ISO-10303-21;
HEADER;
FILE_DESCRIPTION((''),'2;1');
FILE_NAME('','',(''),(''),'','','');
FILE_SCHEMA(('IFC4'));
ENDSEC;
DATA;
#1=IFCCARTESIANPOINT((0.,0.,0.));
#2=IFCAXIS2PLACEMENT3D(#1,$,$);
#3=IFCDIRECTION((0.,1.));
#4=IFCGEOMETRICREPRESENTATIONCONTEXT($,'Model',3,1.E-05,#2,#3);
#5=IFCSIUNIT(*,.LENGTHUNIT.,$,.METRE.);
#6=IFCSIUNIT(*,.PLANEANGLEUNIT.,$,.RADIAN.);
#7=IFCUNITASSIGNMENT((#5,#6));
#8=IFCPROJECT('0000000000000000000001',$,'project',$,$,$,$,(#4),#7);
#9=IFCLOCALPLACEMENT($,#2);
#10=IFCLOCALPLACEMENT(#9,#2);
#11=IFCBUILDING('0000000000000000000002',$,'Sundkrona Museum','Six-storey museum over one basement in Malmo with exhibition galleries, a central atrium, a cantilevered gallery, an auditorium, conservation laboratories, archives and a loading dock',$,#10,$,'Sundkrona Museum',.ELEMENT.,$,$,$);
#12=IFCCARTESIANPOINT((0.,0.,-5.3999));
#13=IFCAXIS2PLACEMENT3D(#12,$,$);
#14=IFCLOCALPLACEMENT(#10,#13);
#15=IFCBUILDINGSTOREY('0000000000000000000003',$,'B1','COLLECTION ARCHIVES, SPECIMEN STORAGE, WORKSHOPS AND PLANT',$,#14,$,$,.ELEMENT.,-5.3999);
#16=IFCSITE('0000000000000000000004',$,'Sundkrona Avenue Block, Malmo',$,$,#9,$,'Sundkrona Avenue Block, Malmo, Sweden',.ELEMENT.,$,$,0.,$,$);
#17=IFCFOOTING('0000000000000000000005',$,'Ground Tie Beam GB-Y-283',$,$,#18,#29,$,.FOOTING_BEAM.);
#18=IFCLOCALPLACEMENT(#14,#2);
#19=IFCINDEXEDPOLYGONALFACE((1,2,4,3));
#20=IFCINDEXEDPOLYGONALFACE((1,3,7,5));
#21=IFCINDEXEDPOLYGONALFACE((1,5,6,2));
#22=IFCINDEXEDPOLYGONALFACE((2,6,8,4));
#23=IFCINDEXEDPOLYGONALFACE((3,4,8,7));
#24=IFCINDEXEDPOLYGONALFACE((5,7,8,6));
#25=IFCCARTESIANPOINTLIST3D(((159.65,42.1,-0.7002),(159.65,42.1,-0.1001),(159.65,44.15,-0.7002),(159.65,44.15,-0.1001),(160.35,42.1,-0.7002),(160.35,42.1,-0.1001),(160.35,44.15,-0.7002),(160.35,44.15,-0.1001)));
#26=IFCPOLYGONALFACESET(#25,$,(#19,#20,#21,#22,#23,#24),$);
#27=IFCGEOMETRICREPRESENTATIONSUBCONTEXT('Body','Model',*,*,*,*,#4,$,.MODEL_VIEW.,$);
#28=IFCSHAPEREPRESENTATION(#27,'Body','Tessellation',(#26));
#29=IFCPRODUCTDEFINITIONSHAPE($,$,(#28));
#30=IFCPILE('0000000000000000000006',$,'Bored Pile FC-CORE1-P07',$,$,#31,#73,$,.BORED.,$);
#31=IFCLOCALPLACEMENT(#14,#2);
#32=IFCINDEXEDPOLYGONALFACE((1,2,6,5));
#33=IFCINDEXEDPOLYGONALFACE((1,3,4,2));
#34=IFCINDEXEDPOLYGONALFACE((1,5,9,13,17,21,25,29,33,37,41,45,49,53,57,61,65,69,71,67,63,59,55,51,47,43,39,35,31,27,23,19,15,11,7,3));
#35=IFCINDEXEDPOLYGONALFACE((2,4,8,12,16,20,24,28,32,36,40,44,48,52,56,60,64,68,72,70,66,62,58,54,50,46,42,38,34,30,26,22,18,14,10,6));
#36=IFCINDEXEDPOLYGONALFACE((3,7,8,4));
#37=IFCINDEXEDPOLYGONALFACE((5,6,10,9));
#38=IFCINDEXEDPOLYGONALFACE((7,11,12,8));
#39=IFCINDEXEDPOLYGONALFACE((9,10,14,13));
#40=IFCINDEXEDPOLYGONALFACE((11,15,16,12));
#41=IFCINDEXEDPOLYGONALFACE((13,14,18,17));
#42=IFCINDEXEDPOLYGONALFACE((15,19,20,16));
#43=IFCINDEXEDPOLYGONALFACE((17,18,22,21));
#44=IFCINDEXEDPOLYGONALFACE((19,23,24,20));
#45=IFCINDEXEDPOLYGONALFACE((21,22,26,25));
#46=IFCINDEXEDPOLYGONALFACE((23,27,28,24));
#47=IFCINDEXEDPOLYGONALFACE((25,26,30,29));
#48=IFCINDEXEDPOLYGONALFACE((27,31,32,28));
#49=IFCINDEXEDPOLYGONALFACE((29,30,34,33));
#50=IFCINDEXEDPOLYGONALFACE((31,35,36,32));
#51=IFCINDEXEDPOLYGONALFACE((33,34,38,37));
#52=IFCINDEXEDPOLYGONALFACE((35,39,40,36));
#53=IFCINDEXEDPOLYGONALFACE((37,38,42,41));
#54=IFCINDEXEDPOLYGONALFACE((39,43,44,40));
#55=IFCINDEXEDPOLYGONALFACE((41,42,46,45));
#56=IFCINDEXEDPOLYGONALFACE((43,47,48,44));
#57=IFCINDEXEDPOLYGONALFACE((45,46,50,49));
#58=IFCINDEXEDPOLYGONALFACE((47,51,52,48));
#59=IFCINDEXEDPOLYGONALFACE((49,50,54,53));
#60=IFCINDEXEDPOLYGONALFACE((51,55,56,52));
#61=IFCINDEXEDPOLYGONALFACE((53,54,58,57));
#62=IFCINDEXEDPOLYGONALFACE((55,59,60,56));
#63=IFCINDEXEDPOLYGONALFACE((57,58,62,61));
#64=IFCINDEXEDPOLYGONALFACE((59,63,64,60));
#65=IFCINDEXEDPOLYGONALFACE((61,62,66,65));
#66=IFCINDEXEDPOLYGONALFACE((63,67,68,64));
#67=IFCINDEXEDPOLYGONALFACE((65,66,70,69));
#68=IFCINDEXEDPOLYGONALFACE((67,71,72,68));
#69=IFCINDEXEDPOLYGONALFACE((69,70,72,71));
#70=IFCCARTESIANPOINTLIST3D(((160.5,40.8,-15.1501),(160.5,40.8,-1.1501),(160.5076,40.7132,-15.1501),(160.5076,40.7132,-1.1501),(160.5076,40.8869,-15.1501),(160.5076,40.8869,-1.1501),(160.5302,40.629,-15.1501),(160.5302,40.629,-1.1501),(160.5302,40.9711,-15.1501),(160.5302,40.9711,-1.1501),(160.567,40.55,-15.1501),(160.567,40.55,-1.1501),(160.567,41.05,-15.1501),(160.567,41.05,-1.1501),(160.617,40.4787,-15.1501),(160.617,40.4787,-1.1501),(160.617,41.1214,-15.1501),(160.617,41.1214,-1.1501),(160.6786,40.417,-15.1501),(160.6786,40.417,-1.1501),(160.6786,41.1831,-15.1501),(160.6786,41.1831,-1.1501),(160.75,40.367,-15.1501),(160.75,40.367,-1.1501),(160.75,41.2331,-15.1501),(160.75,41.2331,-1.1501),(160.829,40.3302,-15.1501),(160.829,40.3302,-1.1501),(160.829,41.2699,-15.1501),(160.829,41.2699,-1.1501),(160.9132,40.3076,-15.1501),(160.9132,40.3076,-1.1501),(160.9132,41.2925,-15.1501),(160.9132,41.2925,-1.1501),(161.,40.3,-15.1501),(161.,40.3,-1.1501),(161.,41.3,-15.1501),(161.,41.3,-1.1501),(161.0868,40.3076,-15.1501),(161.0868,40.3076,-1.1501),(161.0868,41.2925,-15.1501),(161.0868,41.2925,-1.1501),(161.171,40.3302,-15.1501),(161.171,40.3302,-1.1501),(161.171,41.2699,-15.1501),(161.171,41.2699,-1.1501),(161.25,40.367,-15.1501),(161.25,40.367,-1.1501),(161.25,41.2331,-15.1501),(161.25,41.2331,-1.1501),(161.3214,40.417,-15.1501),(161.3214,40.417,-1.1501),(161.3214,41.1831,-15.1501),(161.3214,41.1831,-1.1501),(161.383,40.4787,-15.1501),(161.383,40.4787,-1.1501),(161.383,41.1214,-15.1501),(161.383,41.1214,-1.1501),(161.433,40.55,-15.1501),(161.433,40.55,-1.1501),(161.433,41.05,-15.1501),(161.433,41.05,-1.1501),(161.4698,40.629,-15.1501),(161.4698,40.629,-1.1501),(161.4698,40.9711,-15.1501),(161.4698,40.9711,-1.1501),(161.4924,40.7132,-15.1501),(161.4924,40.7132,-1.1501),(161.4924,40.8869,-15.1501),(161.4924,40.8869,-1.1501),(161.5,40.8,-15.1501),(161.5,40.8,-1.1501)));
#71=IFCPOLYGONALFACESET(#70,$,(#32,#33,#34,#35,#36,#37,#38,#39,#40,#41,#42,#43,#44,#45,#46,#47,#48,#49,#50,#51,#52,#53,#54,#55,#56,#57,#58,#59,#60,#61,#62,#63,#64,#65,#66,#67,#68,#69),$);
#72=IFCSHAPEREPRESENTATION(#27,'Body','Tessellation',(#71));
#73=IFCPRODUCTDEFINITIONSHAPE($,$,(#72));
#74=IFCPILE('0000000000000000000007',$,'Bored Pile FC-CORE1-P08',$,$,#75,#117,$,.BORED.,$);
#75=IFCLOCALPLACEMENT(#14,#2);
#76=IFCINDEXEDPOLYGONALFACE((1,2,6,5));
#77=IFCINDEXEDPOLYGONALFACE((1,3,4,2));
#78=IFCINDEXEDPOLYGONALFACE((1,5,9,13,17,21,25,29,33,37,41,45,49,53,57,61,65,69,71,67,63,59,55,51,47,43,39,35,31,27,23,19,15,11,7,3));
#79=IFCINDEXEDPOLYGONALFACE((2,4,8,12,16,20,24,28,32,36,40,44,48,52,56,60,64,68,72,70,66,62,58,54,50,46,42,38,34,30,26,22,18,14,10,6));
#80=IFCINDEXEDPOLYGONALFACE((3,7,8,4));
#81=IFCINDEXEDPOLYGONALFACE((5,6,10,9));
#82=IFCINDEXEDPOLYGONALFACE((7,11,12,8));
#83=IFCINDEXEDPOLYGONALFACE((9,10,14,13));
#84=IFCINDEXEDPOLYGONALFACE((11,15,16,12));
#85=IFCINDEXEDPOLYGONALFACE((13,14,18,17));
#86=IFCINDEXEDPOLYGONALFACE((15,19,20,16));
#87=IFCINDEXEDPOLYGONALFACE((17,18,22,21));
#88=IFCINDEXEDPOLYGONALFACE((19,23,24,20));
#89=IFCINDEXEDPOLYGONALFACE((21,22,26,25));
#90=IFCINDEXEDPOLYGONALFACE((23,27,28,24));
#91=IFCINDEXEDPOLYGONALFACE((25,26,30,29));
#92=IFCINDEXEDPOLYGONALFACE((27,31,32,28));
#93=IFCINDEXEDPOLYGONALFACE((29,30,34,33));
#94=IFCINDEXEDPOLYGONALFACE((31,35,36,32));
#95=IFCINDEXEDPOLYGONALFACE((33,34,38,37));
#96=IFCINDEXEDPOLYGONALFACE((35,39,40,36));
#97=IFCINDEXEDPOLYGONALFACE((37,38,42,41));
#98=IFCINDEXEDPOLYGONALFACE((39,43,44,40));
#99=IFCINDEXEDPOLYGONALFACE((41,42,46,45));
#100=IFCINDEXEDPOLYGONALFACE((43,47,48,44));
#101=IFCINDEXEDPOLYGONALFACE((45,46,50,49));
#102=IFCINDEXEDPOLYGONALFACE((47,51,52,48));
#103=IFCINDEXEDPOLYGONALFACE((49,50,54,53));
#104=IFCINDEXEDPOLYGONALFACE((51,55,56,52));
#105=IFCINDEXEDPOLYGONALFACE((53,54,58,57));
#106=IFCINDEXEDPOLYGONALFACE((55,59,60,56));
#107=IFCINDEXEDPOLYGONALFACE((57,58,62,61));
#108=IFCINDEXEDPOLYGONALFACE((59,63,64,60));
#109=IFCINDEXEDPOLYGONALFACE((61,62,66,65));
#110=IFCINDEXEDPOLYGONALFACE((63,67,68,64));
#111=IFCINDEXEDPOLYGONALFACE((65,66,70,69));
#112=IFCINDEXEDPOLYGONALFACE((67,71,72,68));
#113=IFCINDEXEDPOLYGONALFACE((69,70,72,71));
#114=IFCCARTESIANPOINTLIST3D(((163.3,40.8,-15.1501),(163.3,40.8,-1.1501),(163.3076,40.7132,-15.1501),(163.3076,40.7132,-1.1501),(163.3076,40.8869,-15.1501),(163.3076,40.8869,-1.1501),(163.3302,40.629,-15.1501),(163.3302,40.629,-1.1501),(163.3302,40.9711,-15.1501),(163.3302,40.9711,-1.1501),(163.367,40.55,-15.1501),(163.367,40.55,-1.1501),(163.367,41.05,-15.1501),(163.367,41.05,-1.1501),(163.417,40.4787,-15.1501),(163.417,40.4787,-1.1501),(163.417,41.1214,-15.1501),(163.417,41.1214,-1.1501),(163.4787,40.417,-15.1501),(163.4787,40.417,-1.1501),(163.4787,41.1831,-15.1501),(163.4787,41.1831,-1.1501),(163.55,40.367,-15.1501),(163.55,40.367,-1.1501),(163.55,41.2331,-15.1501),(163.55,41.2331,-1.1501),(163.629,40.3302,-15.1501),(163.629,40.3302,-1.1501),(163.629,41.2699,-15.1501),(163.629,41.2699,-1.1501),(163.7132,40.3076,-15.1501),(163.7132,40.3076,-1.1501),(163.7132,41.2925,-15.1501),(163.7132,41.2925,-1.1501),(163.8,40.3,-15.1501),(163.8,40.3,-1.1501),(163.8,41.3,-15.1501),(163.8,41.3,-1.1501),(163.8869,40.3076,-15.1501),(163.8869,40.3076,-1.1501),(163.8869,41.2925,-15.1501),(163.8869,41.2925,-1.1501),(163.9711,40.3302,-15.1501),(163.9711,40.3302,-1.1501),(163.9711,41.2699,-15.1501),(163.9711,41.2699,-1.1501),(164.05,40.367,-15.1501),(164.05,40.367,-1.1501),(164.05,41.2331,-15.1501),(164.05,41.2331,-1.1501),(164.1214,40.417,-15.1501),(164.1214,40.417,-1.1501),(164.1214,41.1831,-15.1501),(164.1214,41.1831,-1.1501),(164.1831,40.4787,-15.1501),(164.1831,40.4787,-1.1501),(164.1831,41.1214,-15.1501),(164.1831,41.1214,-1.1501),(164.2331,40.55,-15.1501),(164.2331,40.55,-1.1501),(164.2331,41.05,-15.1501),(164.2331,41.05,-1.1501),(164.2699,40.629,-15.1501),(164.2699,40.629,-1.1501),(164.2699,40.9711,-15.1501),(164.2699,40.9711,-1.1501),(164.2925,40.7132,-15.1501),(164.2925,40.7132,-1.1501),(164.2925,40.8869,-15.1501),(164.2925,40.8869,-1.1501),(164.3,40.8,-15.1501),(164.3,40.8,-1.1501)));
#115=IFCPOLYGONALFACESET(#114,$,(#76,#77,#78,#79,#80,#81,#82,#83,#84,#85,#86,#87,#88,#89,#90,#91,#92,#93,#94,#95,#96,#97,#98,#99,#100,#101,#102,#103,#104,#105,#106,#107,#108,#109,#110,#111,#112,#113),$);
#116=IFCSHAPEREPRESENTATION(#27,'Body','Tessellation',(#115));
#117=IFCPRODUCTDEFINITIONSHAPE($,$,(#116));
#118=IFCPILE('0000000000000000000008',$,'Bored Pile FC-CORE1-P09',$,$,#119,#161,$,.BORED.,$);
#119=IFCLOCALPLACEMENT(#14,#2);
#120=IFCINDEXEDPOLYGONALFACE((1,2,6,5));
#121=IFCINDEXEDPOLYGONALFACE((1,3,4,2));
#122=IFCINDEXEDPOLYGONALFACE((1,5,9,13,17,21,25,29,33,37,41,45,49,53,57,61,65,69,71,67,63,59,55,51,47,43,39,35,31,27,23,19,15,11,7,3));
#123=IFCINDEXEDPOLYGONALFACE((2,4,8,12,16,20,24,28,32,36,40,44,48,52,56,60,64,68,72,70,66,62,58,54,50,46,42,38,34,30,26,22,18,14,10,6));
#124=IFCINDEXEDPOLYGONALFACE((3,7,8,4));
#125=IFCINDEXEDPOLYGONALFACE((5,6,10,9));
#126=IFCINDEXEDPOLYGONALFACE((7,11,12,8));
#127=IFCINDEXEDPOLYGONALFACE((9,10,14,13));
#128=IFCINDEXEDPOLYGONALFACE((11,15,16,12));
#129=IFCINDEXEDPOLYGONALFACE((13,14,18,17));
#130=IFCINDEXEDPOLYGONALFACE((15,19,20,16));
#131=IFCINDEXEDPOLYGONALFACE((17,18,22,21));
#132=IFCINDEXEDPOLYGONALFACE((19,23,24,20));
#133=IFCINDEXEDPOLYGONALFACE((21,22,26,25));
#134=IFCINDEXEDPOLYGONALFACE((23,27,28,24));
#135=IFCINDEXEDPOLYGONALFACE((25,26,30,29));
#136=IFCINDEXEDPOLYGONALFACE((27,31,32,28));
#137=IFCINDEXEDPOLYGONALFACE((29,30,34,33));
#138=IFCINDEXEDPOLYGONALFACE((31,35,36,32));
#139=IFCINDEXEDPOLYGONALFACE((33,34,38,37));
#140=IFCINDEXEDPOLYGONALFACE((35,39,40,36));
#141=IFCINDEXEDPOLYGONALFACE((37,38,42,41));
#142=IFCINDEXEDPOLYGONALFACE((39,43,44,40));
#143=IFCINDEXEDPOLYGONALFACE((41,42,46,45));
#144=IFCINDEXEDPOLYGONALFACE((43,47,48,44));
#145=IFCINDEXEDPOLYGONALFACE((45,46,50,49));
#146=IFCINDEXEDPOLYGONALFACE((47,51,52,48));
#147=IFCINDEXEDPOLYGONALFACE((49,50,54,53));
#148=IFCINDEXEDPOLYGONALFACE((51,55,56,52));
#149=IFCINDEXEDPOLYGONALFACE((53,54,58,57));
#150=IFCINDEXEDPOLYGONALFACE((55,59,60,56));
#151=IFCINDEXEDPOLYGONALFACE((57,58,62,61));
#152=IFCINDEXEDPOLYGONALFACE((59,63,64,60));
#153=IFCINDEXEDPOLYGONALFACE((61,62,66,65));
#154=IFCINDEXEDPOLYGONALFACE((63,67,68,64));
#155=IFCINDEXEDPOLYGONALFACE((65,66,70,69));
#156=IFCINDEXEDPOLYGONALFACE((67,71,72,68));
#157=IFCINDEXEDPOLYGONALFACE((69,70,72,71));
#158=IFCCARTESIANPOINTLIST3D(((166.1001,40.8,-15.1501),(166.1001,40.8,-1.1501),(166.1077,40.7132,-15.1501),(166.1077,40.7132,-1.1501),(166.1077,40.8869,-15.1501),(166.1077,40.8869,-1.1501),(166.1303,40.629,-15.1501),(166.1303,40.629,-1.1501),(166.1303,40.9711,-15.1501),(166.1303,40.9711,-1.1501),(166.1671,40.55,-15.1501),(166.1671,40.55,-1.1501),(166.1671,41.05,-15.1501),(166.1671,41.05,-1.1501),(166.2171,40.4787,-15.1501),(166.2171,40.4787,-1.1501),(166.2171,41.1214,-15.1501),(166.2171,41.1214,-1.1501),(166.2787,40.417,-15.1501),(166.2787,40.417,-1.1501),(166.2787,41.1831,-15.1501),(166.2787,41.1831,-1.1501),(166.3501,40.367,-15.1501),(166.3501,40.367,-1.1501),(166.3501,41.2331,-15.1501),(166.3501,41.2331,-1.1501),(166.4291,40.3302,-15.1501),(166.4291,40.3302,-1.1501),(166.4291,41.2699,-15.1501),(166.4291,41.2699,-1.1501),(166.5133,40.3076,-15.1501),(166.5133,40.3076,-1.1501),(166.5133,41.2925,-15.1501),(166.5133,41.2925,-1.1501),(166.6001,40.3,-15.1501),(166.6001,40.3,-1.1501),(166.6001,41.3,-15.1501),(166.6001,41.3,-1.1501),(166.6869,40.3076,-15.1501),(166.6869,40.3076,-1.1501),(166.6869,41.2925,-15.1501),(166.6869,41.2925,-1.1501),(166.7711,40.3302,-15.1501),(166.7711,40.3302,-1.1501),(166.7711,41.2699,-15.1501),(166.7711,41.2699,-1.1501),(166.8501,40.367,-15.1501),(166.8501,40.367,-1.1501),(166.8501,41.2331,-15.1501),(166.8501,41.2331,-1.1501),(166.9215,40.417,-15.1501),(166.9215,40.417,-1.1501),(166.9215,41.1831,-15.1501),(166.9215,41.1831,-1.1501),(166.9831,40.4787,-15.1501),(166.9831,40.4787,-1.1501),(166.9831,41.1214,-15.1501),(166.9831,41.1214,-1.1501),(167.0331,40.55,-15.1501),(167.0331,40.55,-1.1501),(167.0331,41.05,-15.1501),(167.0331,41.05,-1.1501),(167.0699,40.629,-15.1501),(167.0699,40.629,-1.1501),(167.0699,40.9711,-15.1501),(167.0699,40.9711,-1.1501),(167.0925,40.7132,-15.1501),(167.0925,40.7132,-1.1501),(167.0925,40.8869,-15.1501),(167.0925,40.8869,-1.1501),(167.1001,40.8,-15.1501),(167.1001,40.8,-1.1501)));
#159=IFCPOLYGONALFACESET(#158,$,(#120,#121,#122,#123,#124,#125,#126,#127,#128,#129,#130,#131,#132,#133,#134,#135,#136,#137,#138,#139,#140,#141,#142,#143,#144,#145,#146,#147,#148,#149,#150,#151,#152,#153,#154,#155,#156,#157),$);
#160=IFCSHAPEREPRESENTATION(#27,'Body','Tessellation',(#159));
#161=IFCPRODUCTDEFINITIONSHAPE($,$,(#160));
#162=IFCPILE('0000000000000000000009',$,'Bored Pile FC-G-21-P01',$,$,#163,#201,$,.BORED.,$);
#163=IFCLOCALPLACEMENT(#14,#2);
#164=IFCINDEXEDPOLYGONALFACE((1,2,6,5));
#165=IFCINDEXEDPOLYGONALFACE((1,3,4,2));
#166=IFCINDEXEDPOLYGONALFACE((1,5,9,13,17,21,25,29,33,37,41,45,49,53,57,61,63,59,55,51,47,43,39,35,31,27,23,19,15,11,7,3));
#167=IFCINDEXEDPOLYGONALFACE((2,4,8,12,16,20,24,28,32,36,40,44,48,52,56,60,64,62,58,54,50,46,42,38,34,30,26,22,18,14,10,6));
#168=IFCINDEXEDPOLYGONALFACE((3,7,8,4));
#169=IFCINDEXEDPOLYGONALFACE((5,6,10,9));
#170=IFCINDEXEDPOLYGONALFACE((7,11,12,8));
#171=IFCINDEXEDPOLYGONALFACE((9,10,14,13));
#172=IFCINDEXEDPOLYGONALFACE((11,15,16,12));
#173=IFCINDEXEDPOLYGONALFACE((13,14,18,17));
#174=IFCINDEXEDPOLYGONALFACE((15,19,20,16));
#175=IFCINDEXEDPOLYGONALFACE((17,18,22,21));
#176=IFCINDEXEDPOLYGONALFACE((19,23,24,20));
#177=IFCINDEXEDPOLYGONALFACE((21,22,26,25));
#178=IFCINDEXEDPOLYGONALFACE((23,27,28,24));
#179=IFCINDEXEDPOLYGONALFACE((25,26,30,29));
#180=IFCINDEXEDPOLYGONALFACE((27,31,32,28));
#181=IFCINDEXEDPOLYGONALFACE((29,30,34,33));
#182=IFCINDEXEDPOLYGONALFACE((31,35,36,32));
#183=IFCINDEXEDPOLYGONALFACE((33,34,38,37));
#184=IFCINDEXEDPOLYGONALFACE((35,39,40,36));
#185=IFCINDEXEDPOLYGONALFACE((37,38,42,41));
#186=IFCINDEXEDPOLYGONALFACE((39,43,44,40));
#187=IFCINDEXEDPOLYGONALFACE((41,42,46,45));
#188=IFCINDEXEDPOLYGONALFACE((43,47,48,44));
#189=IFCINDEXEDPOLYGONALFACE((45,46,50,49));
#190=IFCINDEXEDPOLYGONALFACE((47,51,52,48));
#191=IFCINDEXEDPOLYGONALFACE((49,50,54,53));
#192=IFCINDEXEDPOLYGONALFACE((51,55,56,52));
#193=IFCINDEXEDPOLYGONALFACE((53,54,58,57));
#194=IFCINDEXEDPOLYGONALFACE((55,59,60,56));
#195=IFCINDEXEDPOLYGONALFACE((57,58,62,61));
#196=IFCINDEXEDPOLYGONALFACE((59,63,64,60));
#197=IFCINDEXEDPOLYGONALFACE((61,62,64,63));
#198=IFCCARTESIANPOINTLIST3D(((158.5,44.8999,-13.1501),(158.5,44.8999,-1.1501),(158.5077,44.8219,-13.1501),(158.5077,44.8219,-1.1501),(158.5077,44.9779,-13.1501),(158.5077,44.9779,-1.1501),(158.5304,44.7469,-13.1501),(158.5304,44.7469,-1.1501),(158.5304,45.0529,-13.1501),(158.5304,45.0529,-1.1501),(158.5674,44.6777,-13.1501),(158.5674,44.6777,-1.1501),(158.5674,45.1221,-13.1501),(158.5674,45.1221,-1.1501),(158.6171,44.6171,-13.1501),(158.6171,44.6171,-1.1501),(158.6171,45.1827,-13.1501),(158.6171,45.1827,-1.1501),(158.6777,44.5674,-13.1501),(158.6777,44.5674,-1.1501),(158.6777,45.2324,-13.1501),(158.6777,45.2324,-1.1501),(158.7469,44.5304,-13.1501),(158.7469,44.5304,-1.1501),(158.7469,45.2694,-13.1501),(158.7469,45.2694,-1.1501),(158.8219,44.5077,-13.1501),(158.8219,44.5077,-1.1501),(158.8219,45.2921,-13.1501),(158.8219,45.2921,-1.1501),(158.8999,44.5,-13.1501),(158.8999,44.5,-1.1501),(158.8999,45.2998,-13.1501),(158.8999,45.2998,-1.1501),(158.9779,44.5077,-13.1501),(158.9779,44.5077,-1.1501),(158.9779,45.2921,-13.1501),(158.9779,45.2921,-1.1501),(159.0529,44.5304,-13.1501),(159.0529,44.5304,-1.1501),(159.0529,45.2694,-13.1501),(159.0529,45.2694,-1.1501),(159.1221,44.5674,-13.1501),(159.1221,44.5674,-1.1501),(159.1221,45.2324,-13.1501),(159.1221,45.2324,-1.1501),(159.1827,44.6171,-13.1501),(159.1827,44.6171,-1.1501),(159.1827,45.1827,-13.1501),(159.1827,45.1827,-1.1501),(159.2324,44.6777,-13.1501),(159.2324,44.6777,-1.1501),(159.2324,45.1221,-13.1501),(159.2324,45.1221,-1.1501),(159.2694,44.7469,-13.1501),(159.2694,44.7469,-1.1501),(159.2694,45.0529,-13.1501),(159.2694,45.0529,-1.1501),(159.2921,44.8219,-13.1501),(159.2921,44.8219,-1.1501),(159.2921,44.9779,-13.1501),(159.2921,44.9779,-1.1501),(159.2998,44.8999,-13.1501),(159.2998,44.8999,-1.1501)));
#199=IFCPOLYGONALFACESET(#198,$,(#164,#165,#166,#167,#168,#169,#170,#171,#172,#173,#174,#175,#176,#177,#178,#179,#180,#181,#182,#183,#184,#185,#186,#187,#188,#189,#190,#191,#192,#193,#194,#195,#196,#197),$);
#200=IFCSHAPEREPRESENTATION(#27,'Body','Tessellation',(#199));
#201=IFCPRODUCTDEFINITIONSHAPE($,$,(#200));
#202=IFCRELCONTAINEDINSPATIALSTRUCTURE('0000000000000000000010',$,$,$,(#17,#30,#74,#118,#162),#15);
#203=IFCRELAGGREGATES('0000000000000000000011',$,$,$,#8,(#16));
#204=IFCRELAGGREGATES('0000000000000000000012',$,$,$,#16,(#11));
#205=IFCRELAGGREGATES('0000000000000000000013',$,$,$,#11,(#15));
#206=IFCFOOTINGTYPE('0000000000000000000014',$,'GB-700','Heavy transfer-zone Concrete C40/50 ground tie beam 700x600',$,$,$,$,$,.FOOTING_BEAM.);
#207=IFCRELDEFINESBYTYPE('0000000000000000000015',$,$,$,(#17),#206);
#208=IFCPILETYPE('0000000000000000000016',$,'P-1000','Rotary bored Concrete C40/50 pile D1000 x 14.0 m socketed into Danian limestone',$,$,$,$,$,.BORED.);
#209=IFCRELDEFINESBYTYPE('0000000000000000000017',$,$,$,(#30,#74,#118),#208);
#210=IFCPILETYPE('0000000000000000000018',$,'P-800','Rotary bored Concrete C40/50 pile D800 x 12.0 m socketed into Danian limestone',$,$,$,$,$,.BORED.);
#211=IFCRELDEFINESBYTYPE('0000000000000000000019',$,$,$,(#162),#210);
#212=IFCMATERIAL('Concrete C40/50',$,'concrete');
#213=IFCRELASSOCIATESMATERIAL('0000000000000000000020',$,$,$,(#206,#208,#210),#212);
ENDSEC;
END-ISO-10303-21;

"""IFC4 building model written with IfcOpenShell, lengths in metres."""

from ifc_helpers import new_model, si_unit, direction, frame, origin, origin_2d, place, context, subcontext, project, spatial, rectangle, circle, extrude, material, material_profile, profile_set, type_object, element, save


model = new_model("IFC4")

# Units and contexts
model_context = context("Model", 3, precision=1e-05, world=origin(), true_north=direction((0.0, 1.0)))
body_context = subcontext(model_context, "Body", "Model", "MODEL_VIEW")
ifc_project = project(units=[si_unit("LENGTHUNIT", "METRE"), si_unit("PLANEANGLEUNIT", "RADIAN")], contexts=[model_context])

# Site, building, storey
site_placement = place(None, origin())
site = spatial("IfcSite", under=ifc_project, at=site_placement, Name="Sundkrona Avenue Block, Malmo", LongName="Sundkrona Avenue Block, Malmo, Sweden", CompositionType="ELEMENT", RefElevation=0.0)
building_placement = place(site_placement, origin())
building = spatial("IfcBuilding", under=site, at=building_placement, Name="Sundkrona Museum", Description="Six-storey museum over one basement in Malmo with exhibition galleries, a central atrium, a cantilevered gallery, an auditorium, conservation laboratories, archives and a loading dock", LongName="Sundkrona Museum", CompositionType="ELEMENT")
storey_placement = place(building_placement, frame((0.0, 0.0, -5.3999)))
storey = spatial("IfcBuildingStorey", under=building, at=storey_placement, Name="B1", Description="COLLECTION ARCHIVES, SPECIMEN STORAGE, WORKSHOPS AND PLANT", CompositionType="ELEMENT", Elevation=-5.3999)

# Footing
ifc_material_1 = material(Name="Concrete C40/50", Category="concrete")
footing_type = type_object("IfcFootingType", Name="GB-700", Description="Heavy transfer-zone Concrete C40/50 ground tie beam 700x600", PredefinedType="FOOTING_BEAM", material=ifc_material_1)
footing_placement = place(storey_placement, frame((160.0, 43.125, -0.7002), z_axis=(0.0, 0.0, 1.0), x_axis=(0.0, 1.0, 0.0)))
element("IfcFooting", 1, at=footing_placement, inside=storey, type_object=footing_type, Name="Ground Tie Beam GB-Y-283", PredefinedType="FOOTING_BEAM", context=body_context, shape_type="SweptSolid", body=[
    extrude(rectangle(XDim=2.05, YDim=0.7, at=origin_2d()), origin(), (0.0, 0.0, 1.0), 0.6001),
])

# Piles
ifc_material_profile_1 = material_profile(ifc_material_1, circle(Radius=0.5, at=origin_2d()), Name="PILE D1000")
ifc_profile_set_1 = profile_set([ifc_material_profile_1], Name="Concrete C40/50")
pile_type_1 = type_object("IfcPileType", Name="P-1000", Description="Rotary bored Concrete C40/50 pile D1000 x 14.0 m socketed into Danian limestone", PredefinedType="BORED", material=ifc_profile_set_1)
for number, where, z_axis, x_axis, name in (
    (2, (161.0, 40.8, -1.1501), (0.0, 0.0, -1.0), (1.0, 0.0, 0.0), "Bored Pile FC-CORE1-P07"),
    (3, (163.8, 40.8, -1.1501), (0.0, 0.0, -1.0), (1.0, 0.0, 0.0), "Bored Pile FC-CORE1-P08"),
    (4, (166.6001, 40.8, -1.1501), (0.0, 0.0, -1.0), (1.0, 0.0, 0.0), "Bored Pile FC-CORE1-P09"),
):
    element("IfcPile", number, at=place(storey_placement, frame(where, z_axis=z_axis, x_axis=x_axis)), inside=storey, type_object=pile_type_1, Name=name, PredefinedType="BORED", context=body_context, shape_type="SweptSolid", body=[
        extrude(circle(Radius=0.5, at=origin_2d()), origin(), (0.0, 0.0, 1.0), 14.0),
    ])
ifc_material_profile_2 = material_profile(ifc_material_1, circle(Radius=0.3999, at=origin_2d()), Name="PILE D800")
ifc_profile_set_2 = profile_set([ifc_material_profile_2], Name="Concrete C40/50")
pile_type_2 = type_object("IfcPileType", Name="P-800", Description="Rotary bored Concrete C40/50 pile D800 x 12.0 m socketed into Danian limestone", PredefinedType="BORED", material=ifc_profile_set_2)
for number, where, z_axis, x_axis, name in (
    (5, (158.8999, 44.8999, -1.1501), (0.0, 0.0, -1.0), (1.0, 0.0, 0.0), "Bored Pile FC-G-21-P01"),
):
    element("IfcPile", number, at=place(storey_placement, frame(where, z_axis=z_axis, x_axis=x_axis)), inside=storey, type_object=pile_type_2, Name=name, PredefinedType="BORED", context=body_context, shape_type="SweptSolid", body=[
        extrude(circle(Radius=0.3999, at=origin_2d()), origin(), (0.0, 0.0, 1.0), 12.0),
    ])

save(model, "model.ifc")
